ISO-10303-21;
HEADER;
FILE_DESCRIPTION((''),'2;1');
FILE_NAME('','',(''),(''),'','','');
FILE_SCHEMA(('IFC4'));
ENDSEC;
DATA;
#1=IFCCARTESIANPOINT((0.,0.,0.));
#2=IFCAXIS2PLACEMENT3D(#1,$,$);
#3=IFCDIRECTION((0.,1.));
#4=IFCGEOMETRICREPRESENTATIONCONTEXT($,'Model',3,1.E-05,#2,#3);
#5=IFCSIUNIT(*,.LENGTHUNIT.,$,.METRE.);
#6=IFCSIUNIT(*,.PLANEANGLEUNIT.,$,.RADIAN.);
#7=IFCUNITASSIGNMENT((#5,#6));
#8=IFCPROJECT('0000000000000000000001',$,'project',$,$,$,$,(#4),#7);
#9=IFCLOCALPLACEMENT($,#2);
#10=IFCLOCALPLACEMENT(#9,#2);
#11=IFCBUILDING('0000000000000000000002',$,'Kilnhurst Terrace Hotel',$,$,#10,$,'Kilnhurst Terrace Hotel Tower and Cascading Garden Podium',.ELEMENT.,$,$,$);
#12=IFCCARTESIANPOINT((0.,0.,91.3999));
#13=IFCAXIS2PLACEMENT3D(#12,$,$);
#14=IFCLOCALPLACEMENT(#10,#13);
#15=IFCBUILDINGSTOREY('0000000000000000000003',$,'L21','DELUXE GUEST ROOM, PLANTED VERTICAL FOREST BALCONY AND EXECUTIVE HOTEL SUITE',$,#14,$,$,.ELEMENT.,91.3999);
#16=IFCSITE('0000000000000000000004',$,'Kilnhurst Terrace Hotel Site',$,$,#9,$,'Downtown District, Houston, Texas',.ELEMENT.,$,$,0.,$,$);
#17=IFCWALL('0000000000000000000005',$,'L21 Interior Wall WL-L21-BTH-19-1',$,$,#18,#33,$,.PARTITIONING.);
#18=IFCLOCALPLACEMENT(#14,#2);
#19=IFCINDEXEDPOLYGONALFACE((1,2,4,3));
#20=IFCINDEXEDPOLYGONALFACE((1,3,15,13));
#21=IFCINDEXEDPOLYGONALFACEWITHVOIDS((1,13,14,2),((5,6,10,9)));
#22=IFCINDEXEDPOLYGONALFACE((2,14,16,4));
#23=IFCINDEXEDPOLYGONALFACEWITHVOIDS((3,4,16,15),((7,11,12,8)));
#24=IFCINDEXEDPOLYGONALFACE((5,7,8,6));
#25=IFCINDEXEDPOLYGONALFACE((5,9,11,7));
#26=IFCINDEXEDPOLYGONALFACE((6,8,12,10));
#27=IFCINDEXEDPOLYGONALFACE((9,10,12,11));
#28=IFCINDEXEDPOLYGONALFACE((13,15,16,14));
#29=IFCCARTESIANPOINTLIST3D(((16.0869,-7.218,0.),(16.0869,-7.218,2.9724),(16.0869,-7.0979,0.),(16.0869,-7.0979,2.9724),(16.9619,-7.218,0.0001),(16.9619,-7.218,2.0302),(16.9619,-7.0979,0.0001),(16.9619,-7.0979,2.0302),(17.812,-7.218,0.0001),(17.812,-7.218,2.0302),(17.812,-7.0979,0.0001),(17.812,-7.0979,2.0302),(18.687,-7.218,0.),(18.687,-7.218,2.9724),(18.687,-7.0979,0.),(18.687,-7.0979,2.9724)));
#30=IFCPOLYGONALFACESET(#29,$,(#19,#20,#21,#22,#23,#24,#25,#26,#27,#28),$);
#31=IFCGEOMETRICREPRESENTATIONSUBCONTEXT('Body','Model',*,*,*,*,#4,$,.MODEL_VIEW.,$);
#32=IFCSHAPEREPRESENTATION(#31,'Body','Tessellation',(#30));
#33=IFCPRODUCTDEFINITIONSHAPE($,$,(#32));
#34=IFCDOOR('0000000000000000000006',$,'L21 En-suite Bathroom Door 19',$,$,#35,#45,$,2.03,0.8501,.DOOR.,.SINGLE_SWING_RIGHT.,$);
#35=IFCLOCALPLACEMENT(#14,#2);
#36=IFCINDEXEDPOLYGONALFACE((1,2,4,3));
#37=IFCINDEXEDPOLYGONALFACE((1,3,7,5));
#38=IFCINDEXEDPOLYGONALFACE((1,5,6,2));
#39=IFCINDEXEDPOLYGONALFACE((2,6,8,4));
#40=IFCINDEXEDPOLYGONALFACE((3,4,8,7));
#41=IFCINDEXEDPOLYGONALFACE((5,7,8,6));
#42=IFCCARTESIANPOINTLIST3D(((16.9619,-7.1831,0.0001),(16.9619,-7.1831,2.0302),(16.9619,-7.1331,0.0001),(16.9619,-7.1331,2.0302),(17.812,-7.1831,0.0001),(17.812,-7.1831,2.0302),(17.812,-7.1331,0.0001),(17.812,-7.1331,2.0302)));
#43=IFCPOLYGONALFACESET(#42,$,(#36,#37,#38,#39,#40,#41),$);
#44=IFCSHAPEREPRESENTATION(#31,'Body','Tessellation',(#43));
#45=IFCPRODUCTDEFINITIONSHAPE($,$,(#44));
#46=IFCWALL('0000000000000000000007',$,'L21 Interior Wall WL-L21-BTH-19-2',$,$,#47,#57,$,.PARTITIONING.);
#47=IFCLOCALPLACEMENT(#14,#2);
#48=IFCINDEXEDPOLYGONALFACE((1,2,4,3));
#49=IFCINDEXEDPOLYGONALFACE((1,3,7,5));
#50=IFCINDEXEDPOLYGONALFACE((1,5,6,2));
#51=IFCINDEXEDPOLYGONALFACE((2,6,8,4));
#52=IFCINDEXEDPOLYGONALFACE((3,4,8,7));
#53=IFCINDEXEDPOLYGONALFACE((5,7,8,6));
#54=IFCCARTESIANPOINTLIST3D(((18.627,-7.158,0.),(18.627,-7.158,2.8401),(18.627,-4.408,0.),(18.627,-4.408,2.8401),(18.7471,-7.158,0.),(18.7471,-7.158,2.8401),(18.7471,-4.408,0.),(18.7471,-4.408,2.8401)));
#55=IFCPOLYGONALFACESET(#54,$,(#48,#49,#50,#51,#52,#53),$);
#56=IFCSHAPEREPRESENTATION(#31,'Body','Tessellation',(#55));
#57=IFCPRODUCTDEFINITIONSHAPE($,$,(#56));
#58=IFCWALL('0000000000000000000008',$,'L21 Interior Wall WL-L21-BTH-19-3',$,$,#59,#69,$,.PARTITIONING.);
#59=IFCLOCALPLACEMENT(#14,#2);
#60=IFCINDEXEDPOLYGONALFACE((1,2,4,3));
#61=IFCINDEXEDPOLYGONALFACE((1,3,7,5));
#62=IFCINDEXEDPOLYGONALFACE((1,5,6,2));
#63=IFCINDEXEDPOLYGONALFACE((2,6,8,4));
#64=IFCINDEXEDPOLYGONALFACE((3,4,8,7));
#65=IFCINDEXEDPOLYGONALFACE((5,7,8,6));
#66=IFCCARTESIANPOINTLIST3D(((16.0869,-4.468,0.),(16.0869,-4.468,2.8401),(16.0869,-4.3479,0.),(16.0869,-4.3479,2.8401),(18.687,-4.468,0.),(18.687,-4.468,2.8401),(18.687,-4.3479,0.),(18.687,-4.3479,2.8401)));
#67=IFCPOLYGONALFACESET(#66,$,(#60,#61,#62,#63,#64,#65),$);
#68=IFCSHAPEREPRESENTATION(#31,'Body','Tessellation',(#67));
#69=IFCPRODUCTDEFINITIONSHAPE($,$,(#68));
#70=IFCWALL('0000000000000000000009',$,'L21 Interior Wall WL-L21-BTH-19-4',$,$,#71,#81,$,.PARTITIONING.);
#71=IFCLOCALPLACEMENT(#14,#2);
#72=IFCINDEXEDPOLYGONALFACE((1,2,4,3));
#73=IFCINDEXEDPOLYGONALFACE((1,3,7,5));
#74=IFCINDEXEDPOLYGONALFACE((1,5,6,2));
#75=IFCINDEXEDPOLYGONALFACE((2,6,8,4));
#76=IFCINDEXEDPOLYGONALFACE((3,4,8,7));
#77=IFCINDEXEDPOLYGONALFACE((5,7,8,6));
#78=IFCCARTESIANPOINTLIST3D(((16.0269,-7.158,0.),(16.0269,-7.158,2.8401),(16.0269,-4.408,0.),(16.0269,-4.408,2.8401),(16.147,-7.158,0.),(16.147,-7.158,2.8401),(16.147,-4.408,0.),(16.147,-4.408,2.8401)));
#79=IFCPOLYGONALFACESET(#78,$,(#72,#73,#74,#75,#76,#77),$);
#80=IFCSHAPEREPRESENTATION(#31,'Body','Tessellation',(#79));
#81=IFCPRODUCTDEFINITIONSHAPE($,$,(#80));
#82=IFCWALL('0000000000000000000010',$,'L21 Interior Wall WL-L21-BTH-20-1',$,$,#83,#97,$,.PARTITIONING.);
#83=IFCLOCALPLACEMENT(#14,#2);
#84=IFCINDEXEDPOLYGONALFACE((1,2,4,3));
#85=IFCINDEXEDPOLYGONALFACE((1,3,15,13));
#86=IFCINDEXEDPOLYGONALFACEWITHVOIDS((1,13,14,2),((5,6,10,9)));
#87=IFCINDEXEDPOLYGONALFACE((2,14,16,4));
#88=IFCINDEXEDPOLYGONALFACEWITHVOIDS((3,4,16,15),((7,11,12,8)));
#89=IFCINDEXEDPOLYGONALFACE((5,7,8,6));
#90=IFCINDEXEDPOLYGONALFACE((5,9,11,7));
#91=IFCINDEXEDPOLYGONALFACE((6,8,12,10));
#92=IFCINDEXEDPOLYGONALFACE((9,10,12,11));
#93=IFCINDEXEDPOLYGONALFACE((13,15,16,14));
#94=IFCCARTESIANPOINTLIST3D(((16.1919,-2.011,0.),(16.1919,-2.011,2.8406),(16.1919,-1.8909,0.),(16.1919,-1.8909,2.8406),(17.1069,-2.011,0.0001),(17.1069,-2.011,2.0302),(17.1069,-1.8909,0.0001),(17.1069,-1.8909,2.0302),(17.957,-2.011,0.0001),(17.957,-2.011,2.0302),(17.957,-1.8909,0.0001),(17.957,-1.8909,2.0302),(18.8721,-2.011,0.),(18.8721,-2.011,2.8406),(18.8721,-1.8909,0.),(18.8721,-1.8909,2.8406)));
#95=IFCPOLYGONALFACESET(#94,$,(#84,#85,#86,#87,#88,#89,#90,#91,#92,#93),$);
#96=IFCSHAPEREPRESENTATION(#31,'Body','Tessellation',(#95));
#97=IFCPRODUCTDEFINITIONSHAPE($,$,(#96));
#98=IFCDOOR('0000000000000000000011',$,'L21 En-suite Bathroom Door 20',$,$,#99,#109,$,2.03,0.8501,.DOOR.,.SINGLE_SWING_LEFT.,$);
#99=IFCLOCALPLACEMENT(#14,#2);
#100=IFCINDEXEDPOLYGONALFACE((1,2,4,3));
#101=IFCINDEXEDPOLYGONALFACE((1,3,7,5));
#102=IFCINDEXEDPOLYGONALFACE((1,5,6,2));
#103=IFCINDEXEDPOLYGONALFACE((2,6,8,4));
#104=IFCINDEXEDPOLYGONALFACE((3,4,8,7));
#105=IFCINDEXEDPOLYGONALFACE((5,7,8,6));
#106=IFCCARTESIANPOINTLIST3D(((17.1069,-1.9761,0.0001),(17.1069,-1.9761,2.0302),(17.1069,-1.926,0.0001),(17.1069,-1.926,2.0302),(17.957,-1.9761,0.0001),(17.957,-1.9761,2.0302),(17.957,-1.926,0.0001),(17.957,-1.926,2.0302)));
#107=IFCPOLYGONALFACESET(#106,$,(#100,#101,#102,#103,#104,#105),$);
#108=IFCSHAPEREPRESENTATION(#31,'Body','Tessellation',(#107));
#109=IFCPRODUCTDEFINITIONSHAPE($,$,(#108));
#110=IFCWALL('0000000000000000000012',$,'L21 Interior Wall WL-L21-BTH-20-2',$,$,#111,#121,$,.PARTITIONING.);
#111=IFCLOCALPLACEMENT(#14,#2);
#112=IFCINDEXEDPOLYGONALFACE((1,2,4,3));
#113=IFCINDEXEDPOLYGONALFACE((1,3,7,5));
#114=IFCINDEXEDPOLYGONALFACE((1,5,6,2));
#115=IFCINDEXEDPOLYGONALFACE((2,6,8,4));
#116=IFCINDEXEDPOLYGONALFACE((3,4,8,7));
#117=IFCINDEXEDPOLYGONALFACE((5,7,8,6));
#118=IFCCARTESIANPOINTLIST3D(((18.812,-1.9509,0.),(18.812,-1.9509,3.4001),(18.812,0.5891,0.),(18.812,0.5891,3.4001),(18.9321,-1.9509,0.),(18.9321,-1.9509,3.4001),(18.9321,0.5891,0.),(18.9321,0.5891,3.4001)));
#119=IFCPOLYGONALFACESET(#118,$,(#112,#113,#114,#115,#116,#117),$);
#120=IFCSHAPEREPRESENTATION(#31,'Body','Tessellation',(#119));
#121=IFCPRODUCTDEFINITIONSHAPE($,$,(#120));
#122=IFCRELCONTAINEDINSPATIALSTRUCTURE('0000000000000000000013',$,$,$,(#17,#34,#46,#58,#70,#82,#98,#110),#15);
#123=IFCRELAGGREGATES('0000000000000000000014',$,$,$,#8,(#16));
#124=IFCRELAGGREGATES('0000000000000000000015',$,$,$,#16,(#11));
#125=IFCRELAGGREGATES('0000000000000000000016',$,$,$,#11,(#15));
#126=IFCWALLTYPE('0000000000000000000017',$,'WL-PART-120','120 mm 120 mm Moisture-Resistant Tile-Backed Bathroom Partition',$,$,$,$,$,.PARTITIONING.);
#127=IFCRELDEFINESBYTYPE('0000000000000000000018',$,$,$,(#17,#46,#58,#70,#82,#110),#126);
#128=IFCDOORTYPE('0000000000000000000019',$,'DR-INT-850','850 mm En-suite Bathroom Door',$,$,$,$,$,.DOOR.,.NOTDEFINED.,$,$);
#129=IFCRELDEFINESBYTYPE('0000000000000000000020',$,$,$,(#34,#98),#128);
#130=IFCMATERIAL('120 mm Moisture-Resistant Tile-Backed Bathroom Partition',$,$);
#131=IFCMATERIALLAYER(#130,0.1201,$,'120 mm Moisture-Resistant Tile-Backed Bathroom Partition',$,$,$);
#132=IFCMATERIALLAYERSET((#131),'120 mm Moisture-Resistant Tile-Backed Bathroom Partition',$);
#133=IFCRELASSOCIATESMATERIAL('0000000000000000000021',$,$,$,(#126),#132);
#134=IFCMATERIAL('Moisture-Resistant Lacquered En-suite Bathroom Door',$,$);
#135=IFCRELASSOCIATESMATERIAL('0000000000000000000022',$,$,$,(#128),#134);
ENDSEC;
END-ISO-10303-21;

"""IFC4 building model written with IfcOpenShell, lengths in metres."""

from ifc_helpers import new_model, si_unit, direction, frame, frame_2d, origin, place, context, subcontext, project, spatial, rectangle, extrude, material, layer, layer_set, type_object, element, fill, save


model = new_model("IFC4")

# Units and contexts
model_context = context("Model", 3, precision=1e-05, world=origin(), true_north=direction((0.0, 1.0)))
body_context = subcontext(model_context, "Body", "Model", "MODEL_VIEW")
ifc_project = project(units=[si_unit("LENGTHUNIT", "METRE"), si_unit("PLANEANGLEUNIT", "RADIAN")], contexts=[model_context])

# Site, building, storey
site_placement = place(None, origin())
site = spatial("IfcSite", under=ifc_project, at=site_placement, Name="Kilnhurst Terrace Hotel Site", LongName="Downtown District, Houston, Texas", CompositionType="ELEMENT", RefElevation=0.0)
building_placement = place(site_placement, origin())
building = spatial("IfcBuilding", under=site, at=building_placement, Name="Kilnhurst Terrace Hotel", LongName="Kilnhurst Terrace Hotel Tower and Cascading Garden Podium", CompositionType="ELEMENT")
storey_placement = place(building_placement, frame((0.0, 0.0, 91.3999)))
storey = spatial("IfcBuildingStorey", under=building, at=storey_placement, Name="L21", Description="DELUXE GUEST ROOM, PLANTED VERTICAL FOREST BALCONY AND EXECUTIVE HOTEL SUITE", CompositionType="ELEMENT", Elevation=91.3999)

# Wall, opening, door
ifc_material_1 = material(Name="120 mm Moisture-Resistant Tile-Backed Bathroom Partition")
ifc_layer_1 = layer(ifc_material_1, 0.1201, Name="120 mm Moisture-Resistant Tile-Backed Bathroom Partition")
ifc_layer_set_1 = layer_set([ifc_layer_1], Name="120 mm Moisture-Resistant Tile-Backed Bathroom Partition")
wall_type_1 = type_object("IfcWallType", Name="WL-PART-120", Description="120 mm 120 mm Moisture-Resistant Tile-Backed Bathroom Partition", PredefinedType="PARTITIONING", material=ifc_layer_set_1)
wall_1_placement = place(storey_placement, frame((16.0869, -7.158, 0.0), z_axis=(0.0, 0.0, 1.0), x_axis=(1.0, 0.0, 0.0)))
wall_1 = element("IfcWall", 1, at=wall_1_placement, inside=storey, type_object=wall_type_1, Name="L21 Interior Wall WL-L21-BTH-19-1", PredefinedType="PARTITIONING", context=body_context, shape_type="SweptSolid", body=[
    extrude(rectangle(XDim=2.6001, YDim=0.1201, at=frame_2d((1.3, 0.0))), origin(), (0.0, 0.0, 1.0), 2.9724),
])
opening_1_placement = place(wall_1_placement, frame((0.875, 0.0, 0.0)))
opening_1 = element("IfcOpeningElement", 2, at=opening_1_placement, cuts=wall_1, PredefinedType="OPENING", context=body_context, shape_type="SweptSolid", body=[
    extrude(rectangle(XDim=0.8501, YDim=2.03, at=frame_2d((0.425, 1.0151))), frame((0.0, 0.0701, 0.0), z_axis=(0.0, -1.0, 0.0), x_axis=(1.0, 0.0, 0.0)), (0.0, 0.0, 1.0), 0.1401),
])
ifc_material_2 = material(Name="Moisture-Resistant Lacquered En-suite Bathroom Door")
door_type_1 = type_object("IfcDoorType", Name="DR-INT-850", Description="850 mm En-suite Bathroom Door", OperationType="NOTDEFINED", PredefinedType="DOOR", material=ifc_material_2)
door_1_placement = place(opening_1_placement, origin())
door_1 = element("IfcDoor", 3, at=door_1_placement, inside=storey, type_object=door_type_1, Name="L21 En-suite Bathroom Door 19", OperationType="SINGLE_SWING_RIGHT", OverallHeight=2.03, OverallWidth=0.8501, PredefinedType="DOOR", context=body_context, shape_type="SweptSolid", body=[
    extrude(rectangle(XDim=0.8501, YDim=2.03, at=frame_2d((0.425, 1.0151))), frame((0.0, 0.0249, 0.0), z_axis=(0.0, -1.0, 0.0), x_axis=(1.0, 0.0, 0.0)), (0.0, 0.0, 1.0), 0.05),
])
fill(opening_1, door_1)

# Walls
wall_2_placement = place(storey_placement, frame((18.687, -7.158, 0.0), z_axis=(0.0, 0.0, 1.0), x_axis=(0.0, 1.0, 0.0)))
element("IfcWall", 4, at=wall_2_placement, inside=storey, type_object=wall_type_1, Name="L21 Interior Wall WL-L21-BTH-19-2", PredefinedType="PARTITIONING", context=body_context, shape_type="SweptSolid", body=[
    extrude(rectangle(XDim=2.75, YDim=0.1201, at=frame_2d((1.375, 0.0))), origin(), (0.0, 0.0, 1.0), 2.8401),
])
wall_3_placement = place(storey_placement, frame((18.687, -4.408, 0.0), z_axis=(0.0, 0.0, 1.0), x_axis=(-1.0, 0.0, 0.0)))
element("IfcWall", 5, at=wall_3_placement, inside=storey, type_object=wall_type_1, Name="L21 Interior Wall WL-L21-BTH-19-3", PredefinedType="PARTITIONING", context=body_context, shape_type="SweptSolid", body=[
    extrude(rectangle(XDim=2.6001, YDim=0.1201, at=frame_2d((1.3, 0.0))), origin(), (0.0, 0.0, 1.0), 2.8401),
])
wall_4_placement = place(storey_placement, frame((16.0869, -4.408, 0.0), z_axis=(0.0, 0.0, 1.0), x_axis=(0.0, -1.0, 0.0)))
element("IfcWall", 6, at=wall_4_placement, inside=storey, type_object=wall_type_1, Name="L21 Interior Wall WL-L21-BTH-19-4", PredefinedType="PARTITIONING", context=body_context, shape_type="SweptSolid", body=[
    extrude(rectangle(XDim=2.75, YDim=0.1201, at=frame_2d((1.375, 0.0))), origin(), (0.0, 0.0, 1.0), 2.8401),
])

# Wall, opening, door
wall_5_placement = place(storey_placement, frame((16.1919, -1.9509, 0.0), z_axis=(0.0, 0.0, 1.0), x_axis=(1.0, 0.0, 0.0)))
wall_5 = element("IfcWall", 7, at=wall_5_placement, inside=storey, type_object=wall_type_1, Name="L21 Interior Wall WL-L21-BTH-20-1", PredefinedType="PARTITIONING", context=body_context, shape_type="SweptSolid", body=[
    extrude(rectangle(XDim=2.6802, YDim=0.1201, at=frame_2d((1.3401, 0.0))), origin(), (0.0, 0.0, 1.0), 2.8406),
])
opening_2_placement = place(wall_5_placement, frame((0.915, 0.0, 0.0)))
opening_2 = element("IfcOpeningElement", 8, at=opening_2_placement, cuts=wall_5, PredefinedType="OPENING", context=body_context, shape_type="SweptSolid", body=[
    extrude(rectangle(XDim=0.8501, YDim=2.03, at=frame_2d((0.425, 1.0151))), frame((0.0, 0.0701, 0.0), z_axis=(0.0, -1.0, 0.0), x_axis=(1.0, 0.0, 0.0)), (0.0, 0.0, 1.0), 0.1401),
])
door_2_placement = place(opening_2_placement, origin())
door_2 = element("IfcDoor", 9, at=door_2_placement, inside=storey, type_object=door_type_1, Name="L21 En-suite Bathroom Door 20", OperationType="SINGLE_SWING_LEFT", OverallHeight=2.03, OverallWidth=0.8501, PredefinedType="DOOR", context=body_context, shape_type="SweptSolid", body=[
    extrude(rectangle(XDim=0.8501, YDim=2.03, at=frame_2d((0.425, 1.0151))), frame((0.0, 0.0249, 0.0), z_axis=(0.0, -1.0, 0.0), x_axis=(1.0, 0.0, 0.0)), (0.0, 0.0, 1.0), 0.05),
])
fill(opening_2, door_2)

# Wall
wall_6_placement = place(storey_placement, frame((18.8721, -1.9509, 0.0), z_axis=(0.0, 0.0, 1.0), x_axis=(0.0, 1.0, 0.0)))
element("IfcWall", 10, at=wall_6_placement, inside=storey, type_object=wall_type_1, Name="L21 Interior Wall WL-L21-BTH-20-2", PredefinedType="PARTITIONING", context=body_context, shape_type="SweptSolid", body=[
    extrude(rectangle(XDim=2.54, YDim=0.1201, at=frame_2d((1.27, 0.0))), origin(), (0.0, 0.0, 1.0), 3.4001),
])

save(model, "model.ifc")
